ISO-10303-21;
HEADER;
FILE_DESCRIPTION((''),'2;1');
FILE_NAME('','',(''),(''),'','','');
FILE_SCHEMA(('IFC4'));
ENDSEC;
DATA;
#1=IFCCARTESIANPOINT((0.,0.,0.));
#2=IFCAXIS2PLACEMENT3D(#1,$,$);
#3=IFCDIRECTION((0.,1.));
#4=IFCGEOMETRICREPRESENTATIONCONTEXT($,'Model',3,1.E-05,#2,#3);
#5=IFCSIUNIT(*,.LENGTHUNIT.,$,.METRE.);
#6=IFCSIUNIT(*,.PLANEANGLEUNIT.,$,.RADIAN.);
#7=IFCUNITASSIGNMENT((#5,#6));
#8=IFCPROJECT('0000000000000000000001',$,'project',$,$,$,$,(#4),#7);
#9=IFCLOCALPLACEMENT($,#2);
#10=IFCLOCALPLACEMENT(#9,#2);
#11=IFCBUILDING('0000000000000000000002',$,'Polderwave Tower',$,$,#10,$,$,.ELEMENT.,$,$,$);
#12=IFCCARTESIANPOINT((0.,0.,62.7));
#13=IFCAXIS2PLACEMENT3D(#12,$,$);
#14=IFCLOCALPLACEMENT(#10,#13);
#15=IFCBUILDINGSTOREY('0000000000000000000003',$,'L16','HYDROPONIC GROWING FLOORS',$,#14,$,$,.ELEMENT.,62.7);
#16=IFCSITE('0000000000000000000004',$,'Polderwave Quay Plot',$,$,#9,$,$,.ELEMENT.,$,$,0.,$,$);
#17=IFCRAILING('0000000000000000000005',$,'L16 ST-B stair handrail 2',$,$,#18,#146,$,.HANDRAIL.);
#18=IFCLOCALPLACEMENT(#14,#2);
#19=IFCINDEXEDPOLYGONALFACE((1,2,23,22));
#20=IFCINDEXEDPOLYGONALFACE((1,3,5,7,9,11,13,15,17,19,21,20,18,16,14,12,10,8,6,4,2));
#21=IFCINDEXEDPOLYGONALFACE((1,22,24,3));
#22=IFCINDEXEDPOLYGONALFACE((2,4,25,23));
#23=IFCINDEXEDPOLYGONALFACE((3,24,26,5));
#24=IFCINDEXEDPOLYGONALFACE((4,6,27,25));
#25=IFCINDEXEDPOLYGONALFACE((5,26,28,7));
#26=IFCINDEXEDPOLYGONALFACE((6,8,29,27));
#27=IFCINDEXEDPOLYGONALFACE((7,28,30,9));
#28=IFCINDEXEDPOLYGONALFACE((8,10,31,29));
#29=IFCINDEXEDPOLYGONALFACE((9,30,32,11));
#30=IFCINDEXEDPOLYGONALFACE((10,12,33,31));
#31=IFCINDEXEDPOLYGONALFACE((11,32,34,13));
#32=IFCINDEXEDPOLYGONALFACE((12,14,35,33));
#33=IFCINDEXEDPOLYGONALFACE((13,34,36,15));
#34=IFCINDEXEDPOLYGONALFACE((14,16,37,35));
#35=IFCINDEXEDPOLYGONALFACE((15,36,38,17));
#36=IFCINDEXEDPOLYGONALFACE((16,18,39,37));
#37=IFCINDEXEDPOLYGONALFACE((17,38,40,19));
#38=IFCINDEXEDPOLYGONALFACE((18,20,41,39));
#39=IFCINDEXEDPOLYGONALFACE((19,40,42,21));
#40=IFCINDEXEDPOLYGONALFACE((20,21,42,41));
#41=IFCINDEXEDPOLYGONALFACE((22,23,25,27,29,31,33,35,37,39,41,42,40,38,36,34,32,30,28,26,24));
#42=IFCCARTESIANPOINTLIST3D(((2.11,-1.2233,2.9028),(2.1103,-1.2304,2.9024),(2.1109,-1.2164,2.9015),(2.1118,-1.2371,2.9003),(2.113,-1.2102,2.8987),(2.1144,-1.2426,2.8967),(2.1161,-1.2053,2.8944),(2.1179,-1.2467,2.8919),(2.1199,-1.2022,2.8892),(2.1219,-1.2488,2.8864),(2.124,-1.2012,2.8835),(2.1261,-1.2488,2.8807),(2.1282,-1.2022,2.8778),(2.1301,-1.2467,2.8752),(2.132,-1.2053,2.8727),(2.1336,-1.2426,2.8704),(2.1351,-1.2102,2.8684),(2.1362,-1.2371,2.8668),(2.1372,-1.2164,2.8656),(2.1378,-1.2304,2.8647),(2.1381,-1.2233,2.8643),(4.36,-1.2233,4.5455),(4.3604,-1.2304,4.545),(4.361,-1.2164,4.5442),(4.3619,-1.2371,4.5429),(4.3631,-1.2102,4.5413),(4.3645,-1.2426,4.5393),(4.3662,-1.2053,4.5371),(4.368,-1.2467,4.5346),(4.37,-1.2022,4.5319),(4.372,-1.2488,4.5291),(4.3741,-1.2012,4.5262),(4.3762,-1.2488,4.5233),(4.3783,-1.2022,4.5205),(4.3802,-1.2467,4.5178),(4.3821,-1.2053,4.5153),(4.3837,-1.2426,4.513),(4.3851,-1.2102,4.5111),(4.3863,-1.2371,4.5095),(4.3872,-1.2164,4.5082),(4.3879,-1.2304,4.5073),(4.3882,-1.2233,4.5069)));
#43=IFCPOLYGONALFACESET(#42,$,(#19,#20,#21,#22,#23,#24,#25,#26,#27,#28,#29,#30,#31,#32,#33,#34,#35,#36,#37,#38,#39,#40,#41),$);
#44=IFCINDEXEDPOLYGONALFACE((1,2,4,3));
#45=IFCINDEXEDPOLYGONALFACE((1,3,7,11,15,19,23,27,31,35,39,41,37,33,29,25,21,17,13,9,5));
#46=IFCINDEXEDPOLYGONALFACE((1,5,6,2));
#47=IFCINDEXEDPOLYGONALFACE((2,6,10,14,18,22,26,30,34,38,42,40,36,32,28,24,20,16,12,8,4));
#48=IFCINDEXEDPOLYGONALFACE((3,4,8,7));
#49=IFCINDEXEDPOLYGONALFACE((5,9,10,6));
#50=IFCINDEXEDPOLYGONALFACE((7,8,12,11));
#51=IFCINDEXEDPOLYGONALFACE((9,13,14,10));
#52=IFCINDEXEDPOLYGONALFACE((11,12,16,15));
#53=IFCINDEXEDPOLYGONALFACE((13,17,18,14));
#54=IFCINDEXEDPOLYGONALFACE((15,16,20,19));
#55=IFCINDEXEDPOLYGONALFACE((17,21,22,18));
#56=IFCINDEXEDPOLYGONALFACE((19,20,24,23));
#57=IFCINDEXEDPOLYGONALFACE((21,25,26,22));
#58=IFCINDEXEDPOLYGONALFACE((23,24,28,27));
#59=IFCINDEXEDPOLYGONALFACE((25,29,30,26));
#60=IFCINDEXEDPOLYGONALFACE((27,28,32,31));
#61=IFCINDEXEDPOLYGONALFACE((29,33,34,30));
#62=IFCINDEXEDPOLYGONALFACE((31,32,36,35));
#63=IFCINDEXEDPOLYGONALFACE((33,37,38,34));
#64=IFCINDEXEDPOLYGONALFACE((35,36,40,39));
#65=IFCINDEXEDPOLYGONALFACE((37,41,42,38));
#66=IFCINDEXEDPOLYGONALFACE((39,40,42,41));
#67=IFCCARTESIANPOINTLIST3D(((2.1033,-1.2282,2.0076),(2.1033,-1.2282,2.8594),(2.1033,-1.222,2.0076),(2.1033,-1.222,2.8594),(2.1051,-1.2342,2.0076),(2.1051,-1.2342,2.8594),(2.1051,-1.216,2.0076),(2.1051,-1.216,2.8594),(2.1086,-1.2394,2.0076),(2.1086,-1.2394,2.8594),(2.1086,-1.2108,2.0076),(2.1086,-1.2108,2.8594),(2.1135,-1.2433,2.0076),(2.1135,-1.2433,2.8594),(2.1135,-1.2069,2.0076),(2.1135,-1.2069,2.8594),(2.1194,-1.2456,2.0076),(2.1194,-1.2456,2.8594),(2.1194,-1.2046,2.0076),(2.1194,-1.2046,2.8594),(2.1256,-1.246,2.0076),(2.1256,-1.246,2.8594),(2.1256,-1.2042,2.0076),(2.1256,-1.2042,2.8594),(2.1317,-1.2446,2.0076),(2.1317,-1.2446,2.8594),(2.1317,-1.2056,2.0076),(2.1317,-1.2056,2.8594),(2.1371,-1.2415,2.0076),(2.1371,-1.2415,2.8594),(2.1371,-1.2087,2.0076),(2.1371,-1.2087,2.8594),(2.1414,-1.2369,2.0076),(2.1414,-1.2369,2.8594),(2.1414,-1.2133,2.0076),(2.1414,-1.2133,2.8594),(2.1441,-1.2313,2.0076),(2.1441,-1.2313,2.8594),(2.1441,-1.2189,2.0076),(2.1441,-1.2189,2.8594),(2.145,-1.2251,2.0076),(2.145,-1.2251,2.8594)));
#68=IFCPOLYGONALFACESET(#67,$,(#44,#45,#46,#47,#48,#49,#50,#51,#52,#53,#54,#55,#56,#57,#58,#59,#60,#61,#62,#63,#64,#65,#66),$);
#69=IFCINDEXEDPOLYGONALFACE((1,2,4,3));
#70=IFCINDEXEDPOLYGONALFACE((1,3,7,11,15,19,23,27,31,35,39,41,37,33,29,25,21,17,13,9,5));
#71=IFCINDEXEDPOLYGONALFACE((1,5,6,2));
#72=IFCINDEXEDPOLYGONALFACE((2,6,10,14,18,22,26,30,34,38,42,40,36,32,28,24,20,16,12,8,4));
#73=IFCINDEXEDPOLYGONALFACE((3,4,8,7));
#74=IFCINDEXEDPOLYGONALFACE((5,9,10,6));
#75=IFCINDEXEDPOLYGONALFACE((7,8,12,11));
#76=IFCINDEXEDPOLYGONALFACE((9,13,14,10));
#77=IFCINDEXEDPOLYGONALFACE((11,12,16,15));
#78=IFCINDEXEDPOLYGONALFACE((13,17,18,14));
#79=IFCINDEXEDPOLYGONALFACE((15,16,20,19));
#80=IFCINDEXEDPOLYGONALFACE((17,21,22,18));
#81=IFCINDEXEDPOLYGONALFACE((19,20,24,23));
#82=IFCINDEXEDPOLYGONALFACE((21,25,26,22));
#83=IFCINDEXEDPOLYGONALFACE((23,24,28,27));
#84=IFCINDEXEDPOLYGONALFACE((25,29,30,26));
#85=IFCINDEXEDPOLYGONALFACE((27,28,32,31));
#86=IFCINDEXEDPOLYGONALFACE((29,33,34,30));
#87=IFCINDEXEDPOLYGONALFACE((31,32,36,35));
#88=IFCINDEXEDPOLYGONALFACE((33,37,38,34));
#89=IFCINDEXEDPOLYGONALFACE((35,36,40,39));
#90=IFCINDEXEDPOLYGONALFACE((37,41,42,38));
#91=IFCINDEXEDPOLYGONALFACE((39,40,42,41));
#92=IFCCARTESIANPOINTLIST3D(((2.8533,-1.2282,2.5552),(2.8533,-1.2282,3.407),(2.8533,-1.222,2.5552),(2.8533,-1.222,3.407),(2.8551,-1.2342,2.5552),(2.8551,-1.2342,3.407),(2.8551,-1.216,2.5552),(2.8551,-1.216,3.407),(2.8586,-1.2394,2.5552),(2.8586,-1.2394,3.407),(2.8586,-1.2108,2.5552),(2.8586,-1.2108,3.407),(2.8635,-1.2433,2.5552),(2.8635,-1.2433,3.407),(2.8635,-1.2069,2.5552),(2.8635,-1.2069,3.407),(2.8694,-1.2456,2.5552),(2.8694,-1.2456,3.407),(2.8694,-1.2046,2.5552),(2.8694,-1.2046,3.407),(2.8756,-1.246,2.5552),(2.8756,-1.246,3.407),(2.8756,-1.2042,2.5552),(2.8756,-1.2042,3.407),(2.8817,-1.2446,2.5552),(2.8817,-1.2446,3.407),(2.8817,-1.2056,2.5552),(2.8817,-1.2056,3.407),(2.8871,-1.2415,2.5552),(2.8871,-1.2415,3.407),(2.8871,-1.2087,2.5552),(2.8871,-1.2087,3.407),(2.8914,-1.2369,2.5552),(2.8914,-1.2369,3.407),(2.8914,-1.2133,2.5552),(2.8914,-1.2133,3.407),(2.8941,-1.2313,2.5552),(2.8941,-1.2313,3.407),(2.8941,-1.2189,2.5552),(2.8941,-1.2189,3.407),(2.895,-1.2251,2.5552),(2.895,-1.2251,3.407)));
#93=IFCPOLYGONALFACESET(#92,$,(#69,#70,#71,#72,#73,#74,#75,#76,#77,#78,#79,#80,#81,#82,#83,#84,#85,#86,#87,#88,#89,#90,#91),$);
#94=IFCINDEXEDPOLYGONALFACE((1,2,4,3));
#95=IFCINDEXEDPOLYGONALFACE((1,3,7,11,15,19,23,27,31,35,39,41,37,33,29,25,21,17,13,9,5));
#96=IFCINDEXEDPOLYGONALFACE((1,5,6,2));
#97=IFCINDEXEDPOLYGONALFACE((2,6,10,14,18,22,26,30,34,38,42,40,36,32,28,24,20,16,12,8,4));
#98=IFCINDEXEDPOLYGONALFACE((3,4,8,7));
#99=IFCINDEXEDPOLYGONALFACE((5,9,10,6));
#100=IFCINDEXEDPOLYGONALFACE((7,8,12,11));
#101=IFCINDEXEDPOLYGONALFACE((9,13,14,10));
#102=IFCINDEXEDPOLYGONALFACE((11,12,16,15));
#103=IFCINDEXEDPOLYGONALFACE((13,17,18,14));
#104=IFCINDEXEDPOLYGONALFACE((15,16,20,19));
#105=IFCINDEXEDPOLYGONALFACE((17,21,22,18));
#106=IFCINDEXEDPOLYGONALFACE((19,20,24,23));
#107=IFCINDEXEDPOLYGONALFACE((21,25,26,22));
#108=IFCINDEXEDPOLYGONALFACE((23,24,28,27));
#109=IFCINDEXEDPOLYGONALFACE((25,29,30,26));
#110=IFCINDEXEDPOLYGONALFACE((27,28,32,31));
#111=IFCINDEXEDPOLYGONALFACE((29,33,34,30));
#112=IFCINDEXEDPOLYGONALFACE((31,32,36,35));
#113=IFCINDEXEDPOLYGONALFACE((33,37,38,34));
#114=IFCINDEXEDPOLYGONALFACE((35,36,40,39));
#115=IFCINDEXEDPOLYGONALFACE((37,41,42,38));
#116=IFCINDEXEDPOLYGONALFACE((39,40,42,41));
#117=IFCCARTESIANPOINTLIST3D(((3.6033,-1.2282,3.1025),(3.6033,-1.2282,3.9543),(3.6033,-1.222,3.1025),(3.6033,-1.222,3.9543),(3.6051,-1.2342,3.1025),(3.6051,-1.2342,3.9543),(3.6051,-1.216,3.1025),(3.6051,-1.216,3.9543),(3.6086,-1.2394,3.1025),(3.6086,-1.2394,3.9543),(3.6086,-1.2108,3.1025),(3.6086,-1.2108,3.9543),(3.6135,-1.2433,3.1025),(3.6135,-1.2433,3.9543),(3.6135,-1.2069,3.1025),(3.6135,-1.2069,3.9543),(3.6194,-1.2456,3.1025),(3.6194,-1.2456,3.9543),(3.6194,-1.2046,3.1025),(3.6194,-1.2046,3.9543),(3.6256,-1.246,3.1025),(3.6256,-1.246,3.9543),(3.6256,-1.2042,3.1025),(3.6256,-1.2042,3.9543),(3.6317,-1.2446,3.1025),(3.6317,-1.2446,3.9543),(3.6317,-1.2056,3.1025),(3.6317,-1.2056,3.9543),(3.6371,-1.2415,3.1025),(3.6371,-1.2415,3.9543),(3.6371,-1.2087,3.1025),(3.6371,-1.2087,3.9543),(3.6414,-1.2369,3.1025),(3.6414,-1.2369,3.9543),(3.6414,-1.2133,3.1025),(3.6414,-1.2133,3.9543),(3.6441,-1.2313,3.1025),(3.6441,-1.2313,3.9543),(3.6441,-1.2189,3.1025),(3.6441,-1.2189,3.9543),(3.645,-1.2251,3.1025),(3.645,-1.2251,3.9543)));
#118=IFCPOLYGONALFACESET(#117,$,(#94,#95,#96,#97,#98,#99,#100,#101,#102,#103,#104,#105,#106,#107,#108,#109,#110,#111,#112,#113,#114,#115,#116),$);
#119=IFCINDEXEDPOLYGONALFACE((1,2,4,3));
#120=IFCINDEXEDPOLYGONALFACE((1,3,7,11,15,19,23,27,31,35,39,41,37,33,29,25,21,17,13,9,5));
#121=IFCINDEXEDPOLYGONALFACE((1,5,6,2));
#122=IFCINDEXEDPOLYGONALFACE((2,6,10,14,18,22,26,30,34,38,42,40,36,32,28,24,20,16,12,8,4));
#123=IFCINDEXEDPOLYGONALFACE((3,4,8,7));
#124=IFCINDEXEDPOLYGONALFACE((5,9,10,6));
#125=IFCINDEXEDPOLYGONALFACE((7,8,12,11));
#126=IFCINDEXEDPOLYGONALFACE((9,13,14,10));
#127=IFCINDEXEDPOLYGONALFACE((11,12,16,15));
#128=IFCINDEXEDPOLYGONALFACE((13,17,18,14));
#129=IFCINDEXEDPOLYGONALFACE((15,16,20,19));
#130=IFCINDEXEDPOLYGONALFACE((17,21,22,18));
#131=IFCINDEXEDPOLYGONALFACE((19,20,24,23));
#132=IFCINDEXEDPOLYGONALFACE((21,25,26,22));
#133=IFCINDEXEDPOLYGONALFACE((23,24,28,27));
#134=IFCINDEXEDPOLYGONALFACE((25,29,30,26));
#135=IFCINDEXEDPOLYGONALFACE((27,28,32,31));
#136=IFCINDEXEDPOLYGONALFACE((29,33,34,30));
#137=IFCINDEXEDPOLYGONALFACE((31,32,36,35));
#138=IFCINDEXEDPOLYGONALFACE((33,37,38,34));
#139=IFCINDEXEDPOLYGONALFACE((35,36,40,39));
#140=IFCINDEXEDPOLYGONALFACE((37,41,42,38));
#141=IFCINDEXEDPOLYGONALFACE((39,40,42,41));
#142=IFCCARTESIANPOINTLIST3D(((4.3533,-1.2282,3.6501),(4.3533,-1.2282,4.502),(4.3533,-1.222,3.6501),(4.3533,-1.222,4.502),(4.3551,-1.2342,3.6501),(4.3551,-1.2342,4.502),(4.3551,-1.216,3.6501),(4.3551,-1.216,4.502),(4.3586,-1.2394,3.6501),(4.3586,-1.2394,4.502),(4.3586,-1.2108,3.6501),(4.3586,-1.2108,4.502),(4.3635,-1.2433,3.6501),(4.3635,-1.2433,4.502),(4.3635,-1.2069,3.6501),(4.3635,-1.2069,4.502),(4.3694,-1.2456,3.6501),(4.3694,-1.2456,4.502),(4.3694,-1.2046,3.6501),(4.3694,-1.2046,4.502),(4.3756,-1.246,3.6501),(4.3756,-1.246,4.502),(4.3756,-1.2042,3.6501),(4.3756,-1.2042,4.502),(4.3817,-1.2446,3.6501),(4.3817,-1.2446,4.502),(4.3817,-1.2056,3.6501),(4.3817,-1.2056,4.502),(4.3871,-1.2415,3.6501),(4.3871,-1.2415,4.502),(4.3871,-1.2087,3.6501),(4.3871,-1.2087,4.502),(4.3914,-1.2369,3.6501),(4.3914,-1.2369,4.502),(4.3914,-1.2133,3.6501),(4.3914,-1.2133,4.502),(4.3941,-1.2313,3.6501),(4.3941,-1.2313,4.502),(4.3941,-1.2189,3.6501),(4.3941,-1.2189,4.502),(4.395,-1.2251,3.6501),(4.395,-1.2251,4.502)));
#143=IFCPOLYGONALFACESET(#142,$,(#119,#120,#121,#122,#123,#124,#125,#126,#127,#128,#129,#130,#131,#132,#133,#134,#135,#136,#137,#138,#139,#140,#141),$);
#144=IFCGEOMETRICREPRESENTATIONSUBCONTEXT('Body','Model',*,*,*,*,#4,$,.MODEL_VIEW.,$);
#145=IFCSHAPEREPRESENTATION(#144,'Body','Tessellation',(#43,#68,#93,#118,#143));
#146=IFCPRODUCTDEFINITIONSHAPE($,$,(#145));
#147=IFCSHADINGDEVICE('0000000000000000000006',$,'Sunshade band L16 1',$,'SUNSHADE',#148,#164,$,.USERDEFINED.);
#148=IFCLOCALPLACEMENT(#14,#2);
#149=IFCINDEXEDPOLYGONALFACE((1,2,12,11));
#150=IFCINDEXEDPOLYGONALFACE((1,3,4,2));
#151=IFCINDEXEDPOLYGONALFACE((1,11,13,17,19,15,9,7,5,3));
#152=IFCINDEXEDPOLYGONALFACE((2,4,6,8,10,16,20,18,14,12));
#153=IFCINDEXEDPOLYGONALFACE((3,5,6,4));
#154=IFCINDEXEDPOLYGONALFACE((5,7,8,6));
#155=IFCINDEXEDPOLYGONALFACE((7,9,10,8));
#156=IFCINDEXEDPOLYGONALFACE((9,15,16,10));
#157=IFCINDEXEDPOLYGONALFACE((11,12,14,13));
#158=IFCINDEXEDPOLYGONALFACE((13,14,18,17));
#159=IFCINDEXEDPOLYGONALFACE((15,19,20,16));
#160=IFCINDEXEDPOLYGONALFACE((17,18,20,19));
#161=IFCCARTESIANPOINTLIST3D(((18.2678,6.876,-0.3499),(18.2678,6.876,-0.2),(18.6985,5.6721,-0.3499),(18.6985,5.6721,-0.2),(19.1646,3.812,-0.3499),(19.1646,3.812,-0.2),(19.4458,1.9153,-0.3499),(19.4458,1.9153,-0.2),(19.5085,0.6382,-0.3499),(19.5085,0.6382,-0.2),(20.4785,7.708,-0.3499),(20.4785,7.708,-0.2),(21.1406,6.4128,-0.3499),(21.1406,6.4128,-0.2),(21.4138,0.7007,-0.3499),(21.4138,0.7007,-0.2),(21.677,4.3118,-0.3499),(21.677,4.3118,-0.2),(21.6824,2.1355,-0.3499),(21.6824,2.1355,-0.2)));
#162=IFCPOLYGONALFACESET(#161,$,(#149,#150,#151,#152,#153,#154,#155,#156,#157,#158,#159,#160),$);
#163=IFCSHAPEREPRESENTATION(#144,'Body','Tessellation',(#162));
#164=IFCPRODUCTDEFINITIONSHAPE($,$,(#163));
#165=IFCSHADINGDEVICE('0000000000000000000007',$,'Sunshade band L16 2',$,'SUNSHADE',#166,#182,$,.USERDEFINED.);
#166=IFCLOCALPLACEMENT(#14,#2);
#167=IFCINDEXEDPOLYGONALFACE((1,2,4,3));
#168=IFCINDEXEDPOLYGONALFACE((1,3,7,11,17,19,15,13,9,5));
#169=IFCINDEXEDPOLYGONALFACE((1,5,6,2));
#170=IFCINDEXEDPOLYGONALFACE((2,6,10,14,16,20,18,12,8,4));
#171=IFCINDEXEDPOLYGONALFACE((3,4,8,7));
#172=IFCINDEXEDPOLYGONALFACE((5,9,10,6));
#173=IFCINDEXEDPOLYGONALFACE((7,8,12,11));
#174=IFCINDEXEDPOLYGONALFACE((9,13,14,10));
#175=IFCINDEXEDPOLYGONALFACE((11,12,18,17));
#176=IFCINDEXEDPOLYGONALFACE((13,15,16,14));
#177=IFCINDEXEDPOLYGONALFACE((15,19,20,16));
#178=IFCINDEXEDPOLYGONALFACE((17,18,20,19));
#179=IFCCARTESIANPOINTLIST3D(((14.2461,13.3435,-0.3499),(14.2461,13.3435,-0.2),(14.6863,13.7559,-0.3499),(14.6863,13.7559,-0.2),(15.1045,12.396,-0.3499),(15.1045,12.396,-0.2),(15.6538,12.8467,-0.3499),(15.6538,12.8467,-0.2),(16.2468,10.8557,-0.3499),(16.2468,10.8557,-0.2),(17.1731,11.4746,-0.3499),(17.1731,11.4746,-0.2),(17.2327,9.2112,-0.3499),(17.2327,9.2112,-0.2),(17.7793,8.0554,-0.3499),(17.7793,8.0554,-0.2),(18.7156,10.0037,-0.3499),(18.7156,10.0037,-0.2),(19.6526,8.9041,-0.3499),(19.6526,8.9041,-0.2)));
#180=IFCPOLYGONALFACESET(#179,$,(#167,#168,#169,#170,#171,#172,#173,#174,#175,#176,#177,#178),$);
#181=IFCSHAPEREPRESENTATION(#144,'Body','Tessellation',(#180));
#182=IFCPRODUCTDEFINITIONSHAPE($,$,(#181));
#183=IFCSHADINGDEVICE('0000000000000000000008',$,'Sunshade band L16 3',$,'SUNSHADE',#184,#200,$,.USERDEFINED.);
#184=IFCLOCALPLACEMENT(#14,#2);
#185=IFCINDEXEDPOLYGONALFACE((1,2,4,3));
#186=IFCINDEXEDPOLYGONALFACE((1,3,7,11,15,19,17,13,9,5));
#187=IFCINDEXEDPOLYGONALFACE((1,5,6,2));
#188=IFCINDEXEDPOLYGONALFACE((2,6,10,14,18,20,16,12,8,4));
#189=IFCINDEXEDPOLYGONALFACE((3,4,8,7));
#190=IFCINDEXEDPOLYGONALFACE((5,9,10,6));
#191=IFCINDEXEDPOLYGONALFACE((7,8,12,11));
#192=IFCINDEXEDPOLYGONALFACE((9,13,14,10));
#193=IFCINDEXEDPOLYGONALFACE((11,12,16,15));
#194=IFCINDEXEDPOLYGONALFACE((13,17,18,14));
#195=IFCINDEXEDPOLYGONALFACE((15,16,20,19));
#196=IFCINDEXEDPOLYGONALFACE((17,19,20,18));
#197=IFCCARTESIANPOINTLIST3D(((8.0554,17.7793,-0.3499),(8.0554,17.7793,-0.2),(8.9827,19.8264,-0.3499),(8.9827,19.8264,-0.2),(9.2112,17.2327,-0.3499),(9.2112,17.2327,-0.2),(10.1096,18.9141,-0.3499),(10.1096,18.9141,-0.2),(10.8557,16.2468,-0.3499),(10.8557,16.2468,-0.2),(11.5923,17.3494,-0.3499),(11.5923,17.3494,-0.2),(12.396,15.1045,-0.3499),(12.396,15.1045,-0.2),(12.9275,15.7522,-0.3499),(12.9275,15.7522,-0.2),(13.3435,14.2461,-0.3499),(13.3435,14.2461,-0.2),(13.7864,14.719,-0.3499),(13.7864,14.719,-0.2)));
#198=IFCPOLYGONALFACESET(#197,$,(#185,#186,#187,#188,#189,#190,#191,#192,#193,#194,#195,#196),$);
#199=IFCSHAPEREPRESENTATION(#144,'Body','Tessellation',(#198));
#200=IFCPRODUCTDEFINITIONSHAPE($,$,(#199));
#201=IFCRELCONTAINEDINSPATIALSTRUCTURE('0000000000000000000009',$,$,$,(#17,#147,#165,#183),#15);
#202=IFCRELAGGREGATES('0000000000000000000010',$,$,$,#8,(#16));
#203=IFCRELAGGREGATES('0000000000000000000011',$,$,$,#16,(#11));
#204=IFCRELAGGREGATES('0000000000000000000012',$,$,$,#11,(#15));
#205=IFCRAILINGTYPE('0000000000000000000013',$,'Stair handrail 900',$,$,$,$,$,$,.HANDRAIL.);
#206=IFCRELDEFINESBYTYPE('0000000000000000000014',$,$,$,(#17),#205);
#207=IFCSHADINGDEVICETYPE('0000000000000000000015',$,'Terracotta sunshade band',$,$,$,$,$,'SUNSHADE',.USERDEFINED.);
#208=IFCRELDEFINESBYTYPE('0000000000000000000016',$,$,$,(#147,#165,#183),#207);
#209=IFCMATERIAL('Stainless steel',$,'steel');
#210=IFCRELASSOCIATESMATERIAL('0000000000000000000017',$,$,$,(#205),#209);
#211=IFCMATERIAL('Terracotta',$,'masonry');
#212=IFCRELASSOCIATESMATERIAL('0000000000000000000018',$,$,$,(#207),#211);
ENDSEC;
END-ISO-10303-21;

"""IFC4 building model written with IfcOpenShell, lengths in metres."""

from ifc_helpers import new_model, si_unit, direction, frame, origin, origin_2d, place, context, subcontext, project, spatial, polyline, circle, outline, extrude, material, type_object, element, save


model = new_model("IFC4")

# Units and contexts
model_context = context("Model", 3, precision=1e-05, world=origin(), true_north=direction((0.0, 1.0)))
body_context = subcontext(model_context, "Body", "Model", "MODEL_VIEW")
ifc_project = project(units=[si_unit("LENGTHUNIT", "METRE"), si_unit("PLANEANGLEUNIT", "RADIAN")], contexts=[model_context])

# Site, building, storey
site_placement = place(None, origin())
site = spatial("IfcSite", under=ifc_project, at=site_placement, Name="Polderwave Quay Plot", CompositionType="ELEMENT", RefElevation=0.0)
building_placement = place(site_placement, origin())
building = spatial("IfcBuilding", under=site, at=building_placement, Name="Polderwave Tower", CompositionType="ELEMENT")
storey_placement = place(building_placement, frame((0.0, 0.0, 62.7)))
storey = spatial("IfcBuildingStorey", under=building, at=storey_placement, Name="L16", Description="HYDROPONIC GROWING FLOORS", CompositionType="ELEMENT", Elevation=62.7)

# Railing
ifc_material_1 = material(Name="Stainless steel", Category="steel")
railing_type_1 = type_object("IfcRailingType", Name="Stair handrail 900", PredefinedType="HANDRAIL", material=ifc_material_1)
railing_1_placement = place(storey_placement, frame((2.124, -1.2251, 2.0076)))
element("IfcRailing", 1, at=railing_1_placement, inside=storey, type_object=railing_type_1, Name="L16 ST-B stair handrail 2", PredefinedType="HANDRAIL", context=body_context, shape_type="SweptSolid", body=[
    extrude(circle(Radius=0.0239, at=origin_2d()), frame((0.0, 0.0, 0.876), z_axis=(0.807674, 0.0, 0.58963), x_axis=(0.0, 1.0, 0.0)), (0.0, 0.0, 1.0), 2.7859),
    extrude(circle(Radius=0.021, at=origin_2d()), origin(), (0.0, 0.0, 1.0), 0.8518),
    extrude(circle(Radius=0.021, at=origin_2d()), frame((0.75, 0.0, 0.5476)), (0.0, 0.0, 1.0), 0.8518),
    extrude(circle(Radius=0.021, at=origin_2d()), frame((1.5, 0.0, 1.095)), (0.0, 0.0, 1.0), 0.8518),
    extrude(circle(Radius=0.021, at=origin_2d()), frame((2.25, 0.0, 1.6426)), (0.0, 0.0, 1.0), 0.8518),
])

# Shading devices
ifc_material_2 = material(Name="Terracotta", Category="masonry")
shading_device_type = type_object("IfcShadingDeviceType", Name="Terracotta sunshade band", ElementType="SUNSHADE", PredefinedType="USERDEFINED", material=ifc_material_2)
shading_device_1_placement = place(storey_placement, frame((0.0, 0.0, -0.3499)))
element("IfcShadingDevice", 2, at=shading_device_1_placement, inside=storey, type_object=shading_device_type, Name="Sunshade band L16 1", ObjectType="SUNSHADE", PredefinedType="USERDEFINED", context=body_context, shape_type="SweptSolid", body=[
    extrude(outline(polyline([(19.5085, 0.6382), (19.4458, 1.9153), (19.1646, 3.812), (18.6985, 5.6721), (18.2678, 6.876), (20.4785, 7.708), (21.1406, 6.4128), (21.677, 4.3118), (21.6824, 2.1355), (21.4138, 0.7007), (19.5085, 0.6382)])), origin(), (0.0, 0.0, 1.0), 0.1499),
])
shading_device_2_placement = place(storey_placement, frame((0.0, 0.0, -0.3499)))
element("IfcShadingDevice", 3, at=shading_device_2_placement, inside=storey, type_object=shading_device_type, Name="Sunshade band L16 2", ObjectType="SUNSHADE", PredefinedType="USERDEFINED", context=body_context, shape_type="SweptSolid", body=[
    extrude(outline(polyline([(17.7793, 8.0554), (17.2327, 9.2112), (16.2468, 10.8557), (15.1045, 12.396), (14.2461, 13.3435), (14.6863, 13.7559), (15.6538, 12.8467), (17.1731, 11.4746), (18.7156, 10.0037), (19.6526, 8.9041), (17.7793, 8.0554)])), origin(), (0.0, 0.0, 1.0), 0.1499),
])
shading_device_3_placement = place(storey_placement, frame((0.0, 0.0, -0.3499)))
element("IfcShadingDevice", 4, at=shading_device_3_placement, inside=storey, type_object=shading_device_type, Name="Sunshade band L16 3", ObjectType="SUNSHADE", PredefinedType="USERDEFINED", context=body_context, shape_type="SweptSolid", body=[
    extrude(outline(polyline([(13.3435, 14.2461), (12.396, 15.1045), (10.8557, 16.2468), (9.2112, 17.2327), (8.0554, 17.7793), (8.9827, 19.8264), (10.1096, 18.9141), (11.5923, 17.3494), (12.9275, 15.7522), (13.7864, 14.719), (13.3435, 14.2461)])), origin(), (0.0, 0.0, 1.0), 0.1499),
])

save(model, "model.ifc")
